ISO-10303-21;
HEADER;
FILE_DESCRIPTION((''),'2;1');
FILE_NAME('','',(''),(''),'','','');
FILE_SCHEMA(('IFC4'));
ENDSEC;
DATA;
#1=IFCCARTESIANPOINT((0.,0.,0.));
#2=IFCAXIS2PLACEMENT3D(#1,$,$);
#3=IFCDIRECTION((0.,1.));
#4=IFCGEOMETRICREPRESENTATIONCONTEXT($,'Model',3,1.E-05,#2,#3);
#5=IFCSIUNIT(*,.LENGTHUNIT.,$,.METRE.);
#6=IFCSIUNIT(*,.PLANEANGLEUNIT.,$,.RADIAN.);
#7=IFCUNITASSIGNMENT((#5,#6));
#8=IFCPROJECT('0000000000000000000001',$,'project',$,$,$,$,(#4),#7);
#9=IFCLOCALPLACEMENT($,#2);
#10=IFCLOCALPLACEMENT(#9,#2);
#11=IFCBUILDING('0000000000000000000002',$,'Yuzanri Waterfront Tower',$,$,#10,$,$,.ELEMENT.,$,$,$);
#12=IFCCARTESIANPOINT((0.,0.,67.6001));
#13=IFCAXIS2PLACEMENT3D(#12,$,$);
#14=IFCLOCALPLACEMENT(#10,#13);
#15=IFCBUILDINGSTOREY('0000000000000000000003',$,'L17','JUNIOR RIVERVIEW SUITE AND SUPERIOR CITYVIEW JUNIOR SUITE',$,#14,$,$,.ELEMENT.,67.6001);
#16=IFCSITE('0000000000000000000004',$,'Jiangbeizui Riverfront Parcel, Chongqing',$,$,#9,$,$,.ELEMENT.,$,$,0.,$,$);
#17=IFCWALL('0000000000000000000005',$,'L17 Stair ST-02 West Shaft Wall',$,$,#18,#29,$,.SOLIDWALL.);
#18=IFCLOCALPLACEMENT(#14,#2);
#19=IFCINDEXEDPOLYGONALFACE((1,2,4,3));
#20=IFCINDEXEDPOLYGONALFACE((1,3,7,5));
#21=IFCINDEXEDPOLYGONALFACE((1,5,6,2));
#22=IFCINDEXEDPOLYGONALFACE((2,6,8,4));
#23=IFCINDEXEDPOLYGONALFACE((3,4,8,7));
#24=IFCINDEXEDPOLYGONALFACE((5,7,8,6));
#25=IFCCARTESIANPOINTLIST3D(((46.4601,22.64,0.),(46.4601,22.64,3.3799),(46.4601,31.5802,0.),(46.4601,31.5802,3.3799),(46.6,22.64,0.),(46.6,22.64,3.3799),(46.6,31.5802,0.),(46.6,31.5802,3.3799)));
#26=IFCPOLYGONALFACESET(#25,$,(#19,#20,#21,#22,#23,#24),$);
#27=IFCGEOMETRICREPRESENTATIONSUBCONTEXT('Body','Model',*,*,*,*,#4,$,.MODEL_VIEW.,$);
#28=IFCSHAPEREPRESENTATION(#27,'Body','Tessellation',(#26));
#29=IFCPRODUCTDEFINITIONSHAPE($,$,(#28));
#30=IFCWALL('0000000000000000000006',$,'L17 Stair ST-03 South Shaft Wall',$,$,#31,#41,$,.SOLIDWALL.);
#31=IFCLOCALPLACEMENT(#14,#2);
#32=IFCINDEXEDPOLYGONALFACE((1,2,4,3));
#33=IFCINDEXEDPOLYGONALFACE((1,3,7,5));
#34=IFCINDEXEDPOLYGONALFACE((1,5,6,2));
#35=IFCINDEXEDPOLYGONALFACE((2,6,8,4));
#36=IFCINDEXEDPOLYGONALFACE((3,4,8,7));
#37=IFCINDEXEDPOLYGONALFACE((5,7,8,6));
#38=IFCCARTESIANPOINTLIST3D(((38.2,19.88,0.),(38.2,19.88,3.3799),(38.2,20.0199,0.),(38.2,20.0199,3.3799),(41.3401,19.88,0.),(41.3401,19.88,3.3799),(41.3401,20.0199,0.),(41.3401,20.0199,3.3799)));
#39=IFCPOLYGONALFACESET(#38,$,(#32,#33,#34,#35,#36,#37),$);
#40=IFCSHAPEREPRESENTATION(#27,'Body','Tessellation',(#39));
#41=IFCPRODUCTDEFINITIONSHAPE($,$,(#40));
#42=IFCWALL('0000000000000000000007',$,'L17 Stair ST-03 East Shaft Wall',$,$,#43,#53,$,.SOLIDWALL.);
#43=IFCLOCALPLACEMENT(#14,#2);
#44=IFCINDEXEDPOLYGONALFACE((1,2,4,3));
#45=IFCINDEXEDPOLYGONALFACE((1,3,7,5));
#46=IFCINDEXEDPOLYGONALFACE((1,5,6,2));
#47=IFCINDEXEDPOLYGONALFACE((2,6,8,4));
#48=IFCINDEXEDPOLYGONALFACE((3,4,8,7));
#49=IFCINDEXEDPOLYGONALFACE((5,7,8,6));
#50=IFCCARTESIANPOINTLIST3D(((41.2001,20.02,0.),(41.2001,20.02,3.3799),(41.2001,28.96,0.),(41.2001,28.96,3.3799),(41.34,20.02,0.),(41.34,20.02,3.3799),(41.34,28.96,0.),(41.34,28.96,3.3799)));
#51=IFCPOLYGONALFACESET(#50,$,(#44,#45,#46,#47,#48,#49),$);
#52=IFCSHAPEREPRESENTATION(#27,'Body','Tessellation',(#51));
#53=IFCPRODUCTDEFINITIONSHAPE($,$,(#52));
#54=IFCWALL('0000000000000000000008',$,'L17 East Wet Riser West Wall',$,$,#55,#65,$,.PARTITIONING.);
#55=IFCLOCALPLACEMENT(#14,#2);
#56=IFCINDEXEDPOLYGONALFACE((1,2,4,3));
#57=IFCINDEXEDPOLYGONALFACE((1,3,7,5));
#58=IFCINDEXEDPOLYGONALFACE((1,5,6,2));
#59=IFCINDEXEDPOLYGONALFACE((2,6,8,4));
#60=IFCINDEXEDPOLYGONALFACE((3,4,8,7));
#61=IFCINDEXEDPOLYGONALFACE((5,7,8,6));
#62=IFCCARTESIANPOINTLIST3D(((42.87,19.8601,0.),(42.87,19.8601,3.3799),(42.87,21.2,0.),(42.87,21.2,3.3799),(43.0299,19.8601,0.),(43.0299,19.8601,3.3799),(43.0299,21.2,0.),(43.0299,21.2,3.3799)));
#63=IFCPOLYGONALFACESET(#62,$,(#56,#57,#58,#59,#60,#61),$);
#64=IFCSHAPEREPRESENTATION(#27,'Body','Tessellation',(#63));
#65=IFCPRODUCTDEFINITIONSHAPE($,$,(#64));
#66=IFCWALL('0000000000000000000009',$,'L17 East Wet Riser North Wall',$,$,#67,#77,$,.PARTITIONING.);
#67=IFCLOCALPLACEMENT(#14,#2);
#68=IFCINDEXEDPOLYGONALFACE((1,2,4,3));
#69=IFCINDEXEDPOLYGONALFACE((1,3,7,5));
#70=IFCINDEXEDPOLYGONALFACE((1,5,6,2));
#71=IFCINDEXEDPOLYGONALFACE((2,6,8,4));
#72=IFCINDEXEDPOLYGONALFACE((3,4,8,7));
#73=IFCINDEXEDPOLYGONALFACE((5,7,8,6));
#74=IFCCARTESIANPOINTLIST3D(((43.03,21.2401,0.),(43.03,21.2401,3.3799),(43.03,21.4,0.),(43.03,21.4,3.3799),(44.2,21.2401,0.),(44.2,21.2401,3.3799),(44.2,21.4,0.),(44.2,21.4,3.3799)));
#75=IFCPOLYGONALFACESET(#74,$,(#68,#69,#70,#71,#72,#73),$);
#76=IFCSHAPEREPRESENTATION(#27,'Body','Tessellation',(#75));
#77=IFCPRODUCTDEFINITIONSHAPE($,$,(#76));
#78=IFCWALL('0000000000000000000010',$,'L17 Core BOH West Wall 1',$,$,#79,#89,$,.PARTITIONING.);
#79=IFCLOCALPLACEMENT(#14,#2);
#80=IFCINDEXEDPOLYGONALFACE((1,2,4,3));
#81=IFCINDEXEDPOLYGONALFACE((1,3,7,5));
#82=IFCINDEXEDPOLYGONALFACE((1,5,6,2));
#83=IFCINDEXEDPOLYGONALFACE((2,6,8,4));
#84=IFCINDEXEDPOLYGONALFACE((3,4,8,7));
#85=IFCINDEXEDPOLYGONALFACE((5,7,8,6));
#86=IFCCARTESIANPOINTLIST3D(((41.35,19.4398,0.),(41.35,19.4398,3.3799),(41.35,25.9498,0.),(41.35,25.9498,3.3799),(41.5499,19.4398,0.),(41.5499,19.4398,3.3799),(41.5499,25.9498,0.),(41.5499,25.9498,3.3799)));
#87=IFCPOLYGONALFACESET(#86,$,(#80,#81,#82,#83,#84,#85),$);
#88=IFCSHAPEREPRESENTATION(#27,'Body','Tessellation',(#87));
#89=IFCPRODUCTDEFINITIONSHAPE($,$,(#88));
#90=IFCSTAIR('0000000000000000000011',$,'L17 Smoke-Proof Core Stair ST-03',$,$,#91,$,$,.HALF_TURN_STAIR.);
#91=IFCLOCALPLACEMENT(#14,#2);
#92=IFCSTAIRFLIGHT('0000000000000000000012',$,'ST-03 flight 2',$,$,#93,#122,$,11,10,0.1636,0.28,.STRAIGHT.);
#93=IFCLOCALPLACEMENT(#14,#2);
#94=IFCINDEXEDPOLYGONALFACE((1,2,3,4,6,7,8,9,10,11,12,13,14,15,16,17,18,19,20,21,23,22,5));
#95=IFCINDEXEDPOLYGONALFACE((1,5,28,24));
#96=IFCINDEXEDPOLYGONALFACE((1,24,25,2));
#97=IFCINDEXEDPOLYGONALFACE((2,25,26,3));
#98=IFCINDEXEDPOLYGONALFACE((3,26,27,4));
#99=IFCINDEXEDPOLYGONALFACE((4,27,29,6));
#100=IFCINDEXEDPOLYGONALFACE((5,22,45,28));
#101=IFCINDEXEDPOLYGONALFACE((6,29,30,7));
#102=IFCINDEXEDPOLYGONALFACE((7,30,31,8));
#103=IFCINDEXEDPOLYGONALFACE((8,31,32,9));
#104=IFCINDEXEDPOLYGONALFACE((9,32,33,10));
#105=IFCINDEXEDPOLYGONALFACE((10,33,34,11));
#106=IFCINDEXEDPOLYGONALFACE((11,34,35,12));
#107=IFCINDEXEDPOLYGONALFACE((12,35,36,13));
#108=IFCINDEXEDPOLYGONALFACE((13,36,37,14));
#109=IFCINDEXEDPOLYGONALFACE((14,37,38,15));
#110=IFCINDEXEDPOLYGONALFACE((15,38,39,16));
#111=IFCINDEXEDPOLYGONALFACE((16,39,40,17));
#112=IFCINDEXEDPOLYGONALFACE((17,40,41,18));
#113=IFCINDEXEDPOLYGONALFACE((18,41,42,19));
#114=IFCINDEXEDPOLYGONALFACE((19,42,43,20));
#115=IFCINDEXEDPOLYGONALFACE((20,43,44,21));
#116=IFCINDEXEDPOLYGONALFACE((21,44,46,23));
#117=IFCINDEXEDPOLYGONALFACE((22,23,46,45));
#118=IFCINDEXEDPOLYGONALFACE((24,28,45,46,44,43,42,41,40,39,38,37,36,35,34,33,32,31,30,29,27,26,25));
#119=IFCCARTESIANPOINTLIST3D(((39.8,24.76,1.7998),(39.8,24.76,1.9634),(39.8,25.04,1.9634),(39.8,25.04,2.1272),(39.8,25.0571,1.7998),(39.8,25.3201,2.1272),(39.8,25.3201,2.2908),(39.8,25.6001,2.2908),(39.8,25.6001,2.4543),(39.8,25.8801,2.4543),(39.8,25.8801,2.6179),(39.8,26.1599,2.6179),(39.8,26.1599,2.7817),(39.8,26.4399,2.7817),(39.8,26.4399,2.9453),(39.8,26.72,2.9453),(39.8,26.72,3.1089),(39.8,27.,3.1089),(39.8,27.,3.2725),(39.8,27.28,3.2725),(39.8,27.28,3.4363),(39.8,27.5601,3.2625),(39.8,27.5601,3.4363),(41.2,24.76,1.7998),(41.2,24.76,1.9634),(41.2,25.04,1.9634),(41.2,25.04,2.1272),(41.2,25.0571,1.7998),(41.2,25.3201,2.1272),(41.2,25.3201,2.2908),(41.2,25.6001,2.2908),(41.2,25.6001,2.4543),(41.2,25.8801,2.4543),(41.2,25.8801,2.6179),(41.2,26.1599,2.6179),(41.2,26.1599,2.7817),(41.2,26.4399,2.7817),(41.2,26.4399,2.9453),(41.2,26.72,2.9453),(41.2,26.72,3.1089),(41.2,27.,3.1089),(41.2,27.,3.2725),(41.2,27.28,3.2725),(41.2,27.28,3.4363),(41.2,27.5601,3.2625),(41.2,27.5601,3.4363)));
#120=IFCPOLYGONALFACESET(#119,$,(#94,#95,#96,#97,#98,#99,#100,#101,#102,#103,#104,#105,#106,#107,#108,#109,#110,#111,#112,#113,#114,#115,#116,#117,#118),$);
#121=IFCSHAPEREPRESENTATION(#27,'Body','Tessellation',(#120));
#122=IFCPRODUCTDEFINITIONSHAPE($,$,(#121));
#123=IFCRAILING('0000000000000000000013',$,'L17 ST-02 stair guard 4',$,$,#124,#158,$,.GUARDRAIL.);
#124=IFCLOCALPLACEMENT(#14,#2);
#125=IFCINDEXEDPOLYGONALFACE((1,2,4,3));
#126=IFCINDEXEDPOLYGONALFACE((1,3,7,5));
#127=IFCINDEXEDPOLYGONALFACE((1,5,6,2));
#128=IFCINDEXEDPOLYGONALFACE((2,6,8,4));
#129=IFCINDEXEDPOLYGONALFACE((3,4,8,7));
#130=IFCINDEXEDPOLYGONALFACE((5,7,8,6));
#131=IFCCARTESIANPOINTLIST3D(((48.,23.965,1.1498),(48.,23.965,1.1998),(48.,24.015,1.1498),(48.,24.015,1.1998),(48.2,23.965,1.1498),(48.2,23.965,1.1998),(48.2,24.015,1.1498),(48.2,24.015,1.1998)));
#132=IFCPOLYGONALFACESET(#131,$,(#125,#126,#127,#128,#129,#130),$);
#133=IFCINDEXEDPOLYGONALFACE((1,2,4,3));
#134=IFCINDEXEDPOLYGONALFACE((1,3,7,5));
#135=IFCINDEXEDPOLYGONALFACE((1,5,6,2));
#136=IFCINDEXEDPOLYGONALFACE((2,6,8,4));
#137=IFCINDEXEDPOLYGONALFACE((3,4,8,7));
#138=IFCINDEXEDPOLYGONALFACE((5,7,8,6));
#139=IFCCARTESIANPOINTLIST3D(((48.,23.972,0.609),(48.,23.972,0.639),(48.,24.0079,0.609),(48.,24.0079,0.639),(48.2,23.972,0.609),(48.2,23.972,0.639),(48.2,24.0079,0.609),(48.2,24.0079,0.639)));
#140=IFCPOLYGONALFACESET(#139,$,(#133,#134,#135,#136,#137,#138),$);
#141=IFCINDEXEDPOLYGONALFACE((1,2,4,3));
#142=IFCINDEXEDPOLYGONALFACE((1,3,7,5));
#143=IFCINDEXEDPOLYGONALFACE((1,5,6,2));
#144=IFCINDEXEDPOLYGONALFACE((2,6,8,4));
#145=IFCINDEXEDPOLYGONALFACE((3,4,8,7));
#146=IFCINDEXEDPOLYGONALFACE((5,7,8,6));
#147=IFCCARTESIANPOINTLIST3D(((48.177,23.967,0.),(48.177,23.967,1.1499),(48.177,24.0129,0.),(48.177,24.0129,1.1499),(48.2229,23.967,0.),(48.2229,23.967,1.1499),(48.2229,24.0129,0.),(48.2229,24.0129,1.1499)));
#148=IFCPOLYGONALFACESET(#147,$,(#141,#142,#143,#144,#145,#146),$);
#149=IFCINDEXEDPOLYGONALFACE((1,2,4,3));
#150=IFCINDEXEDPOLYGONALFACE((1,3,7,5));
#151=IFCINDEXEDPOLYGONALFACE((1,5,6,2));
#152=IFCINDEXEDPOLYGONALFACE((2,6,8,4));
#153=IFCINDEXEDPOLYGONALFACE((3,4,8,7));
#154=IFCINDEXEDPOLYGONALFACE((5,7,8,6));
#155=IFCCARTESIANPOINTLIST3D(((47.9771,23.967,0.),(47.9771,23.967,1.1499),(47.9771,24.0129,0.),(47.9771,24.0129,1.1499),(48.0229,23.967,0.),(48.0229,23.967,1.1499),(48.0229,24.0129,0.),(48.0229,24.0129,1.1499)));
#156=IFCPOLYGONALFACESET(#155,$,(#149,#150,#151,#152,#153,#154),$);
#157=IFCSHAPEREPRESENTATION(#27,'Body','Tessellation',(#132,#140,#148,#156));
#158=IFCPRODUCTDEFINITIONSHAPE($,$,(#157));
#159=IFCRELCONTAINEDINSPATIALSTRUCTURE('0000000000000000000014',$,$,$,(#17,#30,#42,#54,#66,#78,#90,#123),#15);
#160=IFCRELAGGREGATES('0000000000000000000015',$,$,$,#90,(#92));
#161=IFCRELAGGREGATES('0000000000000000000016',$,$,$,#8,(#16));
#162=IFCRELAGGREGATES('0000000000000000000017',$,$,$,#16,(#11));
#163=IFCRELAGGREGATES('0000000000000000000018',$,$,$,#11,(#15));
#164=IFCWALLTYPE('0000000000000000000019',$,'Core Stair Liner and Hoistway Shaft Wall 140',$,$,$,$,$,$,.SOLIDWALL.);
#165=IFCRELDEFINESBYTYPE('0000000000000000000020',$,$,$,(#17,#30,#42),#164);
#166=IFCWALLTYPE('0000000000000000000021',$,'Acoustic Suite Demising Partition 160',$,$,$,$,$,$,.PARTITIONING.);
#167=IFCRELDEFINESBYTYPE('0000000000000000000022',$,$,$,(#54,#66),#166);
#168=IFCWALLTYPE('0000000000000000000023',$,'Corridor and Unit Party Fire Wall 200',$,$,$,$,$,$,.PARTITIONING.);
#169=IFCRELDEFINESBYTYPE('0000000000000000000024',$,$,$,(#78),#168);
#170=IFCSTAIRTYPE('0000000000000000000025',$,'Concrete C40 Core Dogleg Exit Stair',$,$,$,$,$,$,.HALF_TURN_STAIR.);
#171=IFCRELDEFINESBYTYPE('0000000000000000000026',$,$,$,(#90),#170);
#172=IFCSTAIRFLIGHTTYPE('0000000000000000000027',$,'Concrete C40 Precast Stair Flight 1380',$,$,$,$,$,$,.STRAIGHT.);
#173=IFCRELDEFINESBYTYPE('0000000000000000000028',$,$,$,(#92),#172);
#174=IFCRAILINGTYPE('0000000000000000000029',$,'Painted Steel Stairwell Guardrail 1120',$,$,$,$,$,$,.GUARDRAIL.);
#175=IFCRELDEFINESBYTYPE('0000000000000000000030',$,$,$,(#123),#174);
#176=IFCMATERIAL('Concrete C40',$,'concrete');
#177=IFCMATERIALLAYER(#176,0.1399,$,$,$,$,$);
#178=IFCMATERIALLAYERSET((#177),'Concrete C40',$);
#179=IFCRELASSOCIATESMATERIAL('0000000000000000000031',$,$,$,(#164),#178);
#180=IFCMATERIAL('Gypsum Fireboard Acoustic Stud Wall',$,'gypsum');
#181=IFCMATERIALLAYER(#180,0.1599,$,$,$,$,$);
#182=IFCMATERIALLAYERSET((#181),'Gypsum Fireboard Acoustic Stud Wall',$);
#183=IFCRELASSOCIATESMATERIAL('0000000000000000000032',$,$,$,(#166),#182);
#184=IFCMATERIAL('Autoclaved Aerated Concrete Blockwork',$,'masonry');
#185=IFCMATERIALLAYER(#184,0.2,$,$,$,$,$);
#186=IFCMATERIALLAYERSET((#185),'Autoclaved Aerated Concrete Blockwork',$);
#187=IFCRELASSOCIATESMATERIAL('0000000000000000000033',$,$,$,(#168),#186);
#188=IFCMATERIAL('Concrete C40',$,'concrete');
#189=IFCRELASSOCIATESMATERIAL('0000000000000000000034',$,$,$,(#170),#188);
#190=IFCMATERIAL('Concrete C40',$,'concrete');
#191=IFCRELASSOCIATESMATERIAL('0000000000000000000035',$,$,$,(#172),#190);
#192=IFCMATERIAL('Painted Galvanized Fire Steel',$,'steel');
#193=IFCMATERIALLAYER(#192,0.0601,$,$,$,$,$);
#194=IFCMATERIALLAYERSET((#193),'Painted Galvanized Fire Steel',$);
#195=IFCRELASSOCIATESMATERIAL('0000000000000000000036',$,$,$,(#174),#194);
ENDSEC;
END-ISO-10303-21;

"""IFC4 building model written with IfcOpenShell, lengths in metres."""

from ifc_helpers import new_model, si_unit, direction, frame, frame_2d, origin, origin_2d, place, context, subcontext, project, spatial, polyline, rectangle, outline, extrude, source, transform, mapped, material, layer, layer_set, type_object, element, aggregate, save


model = new_model("IFC4")

# Units and contexts
model_context = context("Model", 3, precision=1e-05, world=origin(), true_north=direction((0.0, 1.0)))
body_context = subcontext(model_context, "Body", "Model", "MODEL_VIEW")
ifc_project = project(units=[si_unit("LENGTHUNIT", "METRE"), si_unit("PLANEANGLEUNIT", "RADIAN")], contexts=[model_context])

# Site, building, storey
site_placement = place(None, origin())
site = spatial("IfcSite", under=ifc_project, at=site_placement, Name="Jiangbeizui Riverfront Parcel, Chongqing", CompositionType="ELEMENT", RefElevation=0.0)
building_placement = place(site_placement, origin())
building = spatial("IfcBuilding", under=site, at=building_placement, Name="Yuzanri Waterfront Tower", CompositionType="ELEMENT")
storey_placement = place(building_placement, frame((0.0, 0.0, 67.6001)))
storey = spatial("IfcBuildingStorey", under=building, at=storey_placement, Name="L17", Description="JUNIOR RIVERVIEW SUITE AND SUPERIOR CITYVIEW JUNIOR SUITE", CompositionType="ELEMENT", Elevation=67.6001)

# Shared definitions
ifc_material_1 = material(Name="Concrete C40", Category="concrete")
ifc_layer_1 = layer(ifc_material_1, 0.1399)
ifc_layer_set_1 = layer_set([ifc_layer_1], Name="Concrete C40")
wall_type_1 = type_object("IfcWallType", Name="Core Stair Liner and Hoistway Shaft Wall 140", PredefinedType="SOLIDWALL", material=ifc_layer_set_1)

# Walls
shared_shape_1 = source(origin(), body_context, "Body", "SweptSolid", [
    extrude(rectangle(XDim=8.9402, YDim=0.1399, at=frame_2d((4.4702, 0.0))), origin(), (0.0, 0.0, 1.0), 3.3799),
])
wall_1_placement = place(storey_placement, frame((46.53, 22.6399, 0.0), z_axis=(0.0, 0.0, 1.0), x_axis=(0.0, 1.0, 0.0)))
element("IfcWall", 1, at=wall_1_placement, inside=storey, type_object=wall_type_1, Name="L17 Stair ST-02 West Shaft Wall", PredefinedType="SOLIDWALL", context=body_context, shape_type="MappedRepresentation", body=[
    mapped(shared_shape_1, transform((0.0, 0.0, 0.0), scale=1.0)),
])
shared_shape_2 = source(origin(), body_context, "Body", "SweptSolid", [
    extrude(rectangle(XDim=3.1401, YDim=0.1399, at=frame_2d((1.5701, 0.0))), origin(), (0.0, 0.0, 1.0), 3.3799),
])
wall_2_placement = place(storey_placement, frame((38.2, 19.95, 0.0), z_axis=(0.0, 0.0, 1.0), x_axis=(1.0, 0.0, 0.0)))
element("IfcWall", 2, at=wall_2_placement, inside=storey, type_object=wall_type_1, Name="L17 Stair ST-03 South Shaft Wall", PredefinedType="SOLIDWALL", context=body_context, shape_type="MappedRepresentation", body=[
    mapped(shared_shape_2, transform((0.0, 0.0, 0.0), scale=1.0)),
])
shared_shape_3 = source(origin(), body_context, "Body", "SweptSolid", [
    extrude(rectangle(XDim=8.9399, YDim=0.1399, at=frame_2d((4.47, 0.0))), origin(), (0.0, 0.0, 1.0), 3.3799),
])
wall_3_placement = place(storey_placement, frame((41.27, 20.02, 0.0), z_axis=(0.0, 0.0, 1.0), x_axis=(0.0, 1.0, 0.0)))
element("IfcWall", 3, at=wall_3_placement, inside=storey, type_object=wall_type_1, Name="L17 Stair ST-03 East Shaft Wall", PredefinedType="SOLIDWALL", context=body_context, shape_type="MappedRepresentation", body=[
    mapped(shared_shape_3, transform((0.0, 0.0, 0.0), scale=1.0)),
])
ifc_material_2 = material(Name="Gypsum Fireboard Acoustic Stud Wall", Category="gypsum")
ifc_layer_2 = layer(ifc_material_2, 0.1599)
ifc_layer_set_2 = layer_set([ifc_layer_2], Name="Gypsum Fireboard Acoustic Stud Wall")
wall_type_2 = type_object("IfcWallType", Name="Acoustic Suite Demising Partition 160", PredefinedType="PARTITIONING", material=ifc_layer_set_2)
shared_shape_4 = source(origin(), body_context, "Body", "SweptSolid", [
    extrude(rectangle(XDim=1.3398, YDim=0.1599, at=frame_2d((0.6699, 0.0))), origin(), (0.0, 0.0, 1.0), 3.3799),
])
wall_4_placement = place(storey_placement, frame((42.95, 19.8601, 0.0), z_axis=(0.0, 0.0, 1.0), x_axis=(0.0, 1.0, 0.0)))
element("IfcWall", 4, at=wall_4_placement, inside=storey, type_object=wall_type_2, Name="L17 East Wet Riser West Wall", PredefinedType="PARTITIONING", context=body_context, shape_type="MappedRepresentation", body=[
    mapped(shared_shape_4, transform((0.0, 0.0, 0.0), scale=1.0)),
])
shared_shape_5 = source(origin(), body_context, "Body", "SweptSolid", [
    extrude(rectangle(XDim=1.1699, YDim=0.1599, at=frame_2d((0.585, 0.0))), origin(), (0.0, 0.0, 1.0), 3.3799),
])
wall_5_placement = place(storey_placement, frame((43.03, 21.3201, 0.0), z_axis=(0.0, 0.0, 1.0), x_axis=(1.0, 0.0, 0.0)))
element("IfcWall", 5, at=wall_5_placement, inside=storey, type_object=wall_type_2, Name="L17 East Wet Riser North Wall", PredefinedType="PARTITIONING", context=body_context, shape_type="MappedRepresentation", body=[
    mapped(shared_shape_5, transform((0.0, 0.0, 0.0), scale=1.0)),
])
ifc_material_3 = material(Name="Autoclaved Aerated Concrete Blockwork", Category="masonry")
ifc_layer_3 = layer(ifc_material_3, 0.2)
ifc_layer_set_3 = layer_set([ifc_layer_3], Name="Autoclaved Aerated Concrete Blockwork")
wall_type_3 = type_object("IfcWallType", Name="Corridor and Unit Party Fire Wall 200", PredefinedType="PARTITIONING", material=ifc_layer_set_3)
shared_shape_6 = source(origin(), body_context, "Body", "SweptSolid", [
    extrude(rectangle(XDim=6.51, YDim=0.2, at=frame_2d((3.2549, 0.0))), origin(), (0.0, 0.0, 1.0), 3.3799),
])
wall_6_placement = place(storey_placement, frame((41.45, 19.4399, 0.0), z_axis=(0.0, 0.0, 1.0), x_axis=(0.0, 1.0, 0.0)))
element("IfcWall", 6, at=wall_6_placement, inside=storey, type_object=wall_type_3, Name="L17 Core BOH West Wall 1", PredefinedType="PARTITIONING", context=body_context, shape_type="MappedRepresentation", body=[
    mapped(shared_shape_6, transform((0.0, 0.0, 0.0), scale=1.0)),
])

# Stair, stair flight
ifc_material_4 = material(Name="Concrete C40", Category="concrete")
stair_type = type_object("IfcStairType", Name="Concrete C40 Core Dogleg Exit Stair", PredefinedType="HALF_TURN_STAIR", material=ifc_material_4)
stair_placement = place(storey_placement, origin())
stair = element("IfcStair", 7, at=stair_placement, inside=storey, type_object=stair_type, Name="L17 Smoke-Proof Core Stair ST-03", PredefinedType="HALF_TURN_STAIR")
ifc_material_5 = material(Name="Concrete C40", Category="concrete")
stair_flight_type = type_object("IfcStairFlightType", Name="Concrete C40 Precast Stair Flight 1380", PredefinedType="STRAIGHT", material=ifc_material_5)
shared_shape_7 = source(origin(), body_context, "Body", "SweptSolid", [
    extrude(outline(polyline([(0.0, 0.0), (0.0, 0.1636), (0.28, 0.1636), (0.28, 0.3274), (0.5601, 0.3274), (0.5601, 0.491), (0.8401, 0.491), (0.8401, 0.6545), (1.1201, 0.6545), (1.1201, 0.8181), (1.3999, 0.8181), (1.3999, 0.9819), (1.6799, 0.9819), (1.6799, 1.1455), (1.96, 1.1455), (1.96, 1.3091), (2.24, 1.3091), (2.24, 1.4727), (2.52, 1.4727), (2.52, 1.6365), (2.8, 1.6365), (2.8, 1.8), (2.8, 1.4626), (0.2971, 0.0), (0.0, 0.0)])), frame((0.0, 0.7, 0.0), z_axis=(0.0, -1.0, 0.0), x_axis=(1.0, 0.0, 0.0)), (0.0, 0.0, 1.0), 1.3999),
])
stair_flight_placement = place(storey_placement, frame((40.5, 24.76, 1.7998), z_axis=(0.0, 0.0, 1.0), x_axis=(0.0, 1.0, 0.0)))
stair_flight = element("IfcStairFlight", 8, at=stair_flight_placement, type_object=stair_flight_type, Name="ST-03 flight 2", NumberOfRisers=11, NumberOfTreads=10, PredefinedType="STRAIGHT", RiserHeight=0.1636, TreadLength=0.28, context=body_context, shape_type="MappedRepresentation", body=[
    mapped(shared_shape_7, transform((0.0, 0.0, 0.0), scale=1.0)),
])
aggregate(stair, [stair_flight])

# Railing
ifc_material_6 = material(Name="Painted Galvanized Fire Steel", Category="steel")
ifc_layer_4 = layer(ifc_material_6, 0.0601)
ifc_layer_set_4 = layer_set([ifc_layer_4], Name="Painted Galvanized Fire Steel")
railing_type_1 = type_object("IfcRailingType", Name="Painted Steel Stairwell Guardrail 1120", PredefinedType="GUARDRAIL", material=ifc_layer_set_4)
shared_shape_8 = source(origin(), body_context, "Body", "SweptSolid", [
    extrude(rectangle(XDim=0.05, YDim=0.05, at=origin_2d()), frame((0.0, 0.0, 1.1748), z_axis=(-1.0, 0.0, 0.0), x_axis=(0.0, -1.0, 0.0)), (0.0, 0.0, 1.0), 0.2),
    extrude(rectangle(XDim=0.0359, YDim=0.03, at=origin_2d()), frame((0.0, 0.0, 0.624), z_axis=(-1.0, 0.0, 0.0), x_axis=(0.0, -1.0, 0.0)), (0.0, 0.0, 1.0), 0.2),
    extrude(rectangle(XDim=0.0459, YDim=0.0459, at=origin_2d()), origin(), (0.0, 0.0, 1.0), 1.1499),
    extrude(rectangle(XDim=0.0459, YDim=0.0459, at=origin_2d()), frame((-0.2, 0.0, 0.0)), (0.0, 0.0, 1.0), 1.1499),
])
railing_1_placement = place(storey_placement, frame((48.2, 23.99, 0.0)))
element("IfcRailing", 9, at=railing_1_placement, inside=storey, type_object=railing_type_1, Name="L17 ST-02 stair guard 4", PredefinedType="GUARDRAIL", context=body_context, shape_type="MappedRepresentation", body=[
    mapped(shared_shape_8, transform((0.0, 0.0, 0.0), scale=1.0)),
])

save(model, "model.ifc")
